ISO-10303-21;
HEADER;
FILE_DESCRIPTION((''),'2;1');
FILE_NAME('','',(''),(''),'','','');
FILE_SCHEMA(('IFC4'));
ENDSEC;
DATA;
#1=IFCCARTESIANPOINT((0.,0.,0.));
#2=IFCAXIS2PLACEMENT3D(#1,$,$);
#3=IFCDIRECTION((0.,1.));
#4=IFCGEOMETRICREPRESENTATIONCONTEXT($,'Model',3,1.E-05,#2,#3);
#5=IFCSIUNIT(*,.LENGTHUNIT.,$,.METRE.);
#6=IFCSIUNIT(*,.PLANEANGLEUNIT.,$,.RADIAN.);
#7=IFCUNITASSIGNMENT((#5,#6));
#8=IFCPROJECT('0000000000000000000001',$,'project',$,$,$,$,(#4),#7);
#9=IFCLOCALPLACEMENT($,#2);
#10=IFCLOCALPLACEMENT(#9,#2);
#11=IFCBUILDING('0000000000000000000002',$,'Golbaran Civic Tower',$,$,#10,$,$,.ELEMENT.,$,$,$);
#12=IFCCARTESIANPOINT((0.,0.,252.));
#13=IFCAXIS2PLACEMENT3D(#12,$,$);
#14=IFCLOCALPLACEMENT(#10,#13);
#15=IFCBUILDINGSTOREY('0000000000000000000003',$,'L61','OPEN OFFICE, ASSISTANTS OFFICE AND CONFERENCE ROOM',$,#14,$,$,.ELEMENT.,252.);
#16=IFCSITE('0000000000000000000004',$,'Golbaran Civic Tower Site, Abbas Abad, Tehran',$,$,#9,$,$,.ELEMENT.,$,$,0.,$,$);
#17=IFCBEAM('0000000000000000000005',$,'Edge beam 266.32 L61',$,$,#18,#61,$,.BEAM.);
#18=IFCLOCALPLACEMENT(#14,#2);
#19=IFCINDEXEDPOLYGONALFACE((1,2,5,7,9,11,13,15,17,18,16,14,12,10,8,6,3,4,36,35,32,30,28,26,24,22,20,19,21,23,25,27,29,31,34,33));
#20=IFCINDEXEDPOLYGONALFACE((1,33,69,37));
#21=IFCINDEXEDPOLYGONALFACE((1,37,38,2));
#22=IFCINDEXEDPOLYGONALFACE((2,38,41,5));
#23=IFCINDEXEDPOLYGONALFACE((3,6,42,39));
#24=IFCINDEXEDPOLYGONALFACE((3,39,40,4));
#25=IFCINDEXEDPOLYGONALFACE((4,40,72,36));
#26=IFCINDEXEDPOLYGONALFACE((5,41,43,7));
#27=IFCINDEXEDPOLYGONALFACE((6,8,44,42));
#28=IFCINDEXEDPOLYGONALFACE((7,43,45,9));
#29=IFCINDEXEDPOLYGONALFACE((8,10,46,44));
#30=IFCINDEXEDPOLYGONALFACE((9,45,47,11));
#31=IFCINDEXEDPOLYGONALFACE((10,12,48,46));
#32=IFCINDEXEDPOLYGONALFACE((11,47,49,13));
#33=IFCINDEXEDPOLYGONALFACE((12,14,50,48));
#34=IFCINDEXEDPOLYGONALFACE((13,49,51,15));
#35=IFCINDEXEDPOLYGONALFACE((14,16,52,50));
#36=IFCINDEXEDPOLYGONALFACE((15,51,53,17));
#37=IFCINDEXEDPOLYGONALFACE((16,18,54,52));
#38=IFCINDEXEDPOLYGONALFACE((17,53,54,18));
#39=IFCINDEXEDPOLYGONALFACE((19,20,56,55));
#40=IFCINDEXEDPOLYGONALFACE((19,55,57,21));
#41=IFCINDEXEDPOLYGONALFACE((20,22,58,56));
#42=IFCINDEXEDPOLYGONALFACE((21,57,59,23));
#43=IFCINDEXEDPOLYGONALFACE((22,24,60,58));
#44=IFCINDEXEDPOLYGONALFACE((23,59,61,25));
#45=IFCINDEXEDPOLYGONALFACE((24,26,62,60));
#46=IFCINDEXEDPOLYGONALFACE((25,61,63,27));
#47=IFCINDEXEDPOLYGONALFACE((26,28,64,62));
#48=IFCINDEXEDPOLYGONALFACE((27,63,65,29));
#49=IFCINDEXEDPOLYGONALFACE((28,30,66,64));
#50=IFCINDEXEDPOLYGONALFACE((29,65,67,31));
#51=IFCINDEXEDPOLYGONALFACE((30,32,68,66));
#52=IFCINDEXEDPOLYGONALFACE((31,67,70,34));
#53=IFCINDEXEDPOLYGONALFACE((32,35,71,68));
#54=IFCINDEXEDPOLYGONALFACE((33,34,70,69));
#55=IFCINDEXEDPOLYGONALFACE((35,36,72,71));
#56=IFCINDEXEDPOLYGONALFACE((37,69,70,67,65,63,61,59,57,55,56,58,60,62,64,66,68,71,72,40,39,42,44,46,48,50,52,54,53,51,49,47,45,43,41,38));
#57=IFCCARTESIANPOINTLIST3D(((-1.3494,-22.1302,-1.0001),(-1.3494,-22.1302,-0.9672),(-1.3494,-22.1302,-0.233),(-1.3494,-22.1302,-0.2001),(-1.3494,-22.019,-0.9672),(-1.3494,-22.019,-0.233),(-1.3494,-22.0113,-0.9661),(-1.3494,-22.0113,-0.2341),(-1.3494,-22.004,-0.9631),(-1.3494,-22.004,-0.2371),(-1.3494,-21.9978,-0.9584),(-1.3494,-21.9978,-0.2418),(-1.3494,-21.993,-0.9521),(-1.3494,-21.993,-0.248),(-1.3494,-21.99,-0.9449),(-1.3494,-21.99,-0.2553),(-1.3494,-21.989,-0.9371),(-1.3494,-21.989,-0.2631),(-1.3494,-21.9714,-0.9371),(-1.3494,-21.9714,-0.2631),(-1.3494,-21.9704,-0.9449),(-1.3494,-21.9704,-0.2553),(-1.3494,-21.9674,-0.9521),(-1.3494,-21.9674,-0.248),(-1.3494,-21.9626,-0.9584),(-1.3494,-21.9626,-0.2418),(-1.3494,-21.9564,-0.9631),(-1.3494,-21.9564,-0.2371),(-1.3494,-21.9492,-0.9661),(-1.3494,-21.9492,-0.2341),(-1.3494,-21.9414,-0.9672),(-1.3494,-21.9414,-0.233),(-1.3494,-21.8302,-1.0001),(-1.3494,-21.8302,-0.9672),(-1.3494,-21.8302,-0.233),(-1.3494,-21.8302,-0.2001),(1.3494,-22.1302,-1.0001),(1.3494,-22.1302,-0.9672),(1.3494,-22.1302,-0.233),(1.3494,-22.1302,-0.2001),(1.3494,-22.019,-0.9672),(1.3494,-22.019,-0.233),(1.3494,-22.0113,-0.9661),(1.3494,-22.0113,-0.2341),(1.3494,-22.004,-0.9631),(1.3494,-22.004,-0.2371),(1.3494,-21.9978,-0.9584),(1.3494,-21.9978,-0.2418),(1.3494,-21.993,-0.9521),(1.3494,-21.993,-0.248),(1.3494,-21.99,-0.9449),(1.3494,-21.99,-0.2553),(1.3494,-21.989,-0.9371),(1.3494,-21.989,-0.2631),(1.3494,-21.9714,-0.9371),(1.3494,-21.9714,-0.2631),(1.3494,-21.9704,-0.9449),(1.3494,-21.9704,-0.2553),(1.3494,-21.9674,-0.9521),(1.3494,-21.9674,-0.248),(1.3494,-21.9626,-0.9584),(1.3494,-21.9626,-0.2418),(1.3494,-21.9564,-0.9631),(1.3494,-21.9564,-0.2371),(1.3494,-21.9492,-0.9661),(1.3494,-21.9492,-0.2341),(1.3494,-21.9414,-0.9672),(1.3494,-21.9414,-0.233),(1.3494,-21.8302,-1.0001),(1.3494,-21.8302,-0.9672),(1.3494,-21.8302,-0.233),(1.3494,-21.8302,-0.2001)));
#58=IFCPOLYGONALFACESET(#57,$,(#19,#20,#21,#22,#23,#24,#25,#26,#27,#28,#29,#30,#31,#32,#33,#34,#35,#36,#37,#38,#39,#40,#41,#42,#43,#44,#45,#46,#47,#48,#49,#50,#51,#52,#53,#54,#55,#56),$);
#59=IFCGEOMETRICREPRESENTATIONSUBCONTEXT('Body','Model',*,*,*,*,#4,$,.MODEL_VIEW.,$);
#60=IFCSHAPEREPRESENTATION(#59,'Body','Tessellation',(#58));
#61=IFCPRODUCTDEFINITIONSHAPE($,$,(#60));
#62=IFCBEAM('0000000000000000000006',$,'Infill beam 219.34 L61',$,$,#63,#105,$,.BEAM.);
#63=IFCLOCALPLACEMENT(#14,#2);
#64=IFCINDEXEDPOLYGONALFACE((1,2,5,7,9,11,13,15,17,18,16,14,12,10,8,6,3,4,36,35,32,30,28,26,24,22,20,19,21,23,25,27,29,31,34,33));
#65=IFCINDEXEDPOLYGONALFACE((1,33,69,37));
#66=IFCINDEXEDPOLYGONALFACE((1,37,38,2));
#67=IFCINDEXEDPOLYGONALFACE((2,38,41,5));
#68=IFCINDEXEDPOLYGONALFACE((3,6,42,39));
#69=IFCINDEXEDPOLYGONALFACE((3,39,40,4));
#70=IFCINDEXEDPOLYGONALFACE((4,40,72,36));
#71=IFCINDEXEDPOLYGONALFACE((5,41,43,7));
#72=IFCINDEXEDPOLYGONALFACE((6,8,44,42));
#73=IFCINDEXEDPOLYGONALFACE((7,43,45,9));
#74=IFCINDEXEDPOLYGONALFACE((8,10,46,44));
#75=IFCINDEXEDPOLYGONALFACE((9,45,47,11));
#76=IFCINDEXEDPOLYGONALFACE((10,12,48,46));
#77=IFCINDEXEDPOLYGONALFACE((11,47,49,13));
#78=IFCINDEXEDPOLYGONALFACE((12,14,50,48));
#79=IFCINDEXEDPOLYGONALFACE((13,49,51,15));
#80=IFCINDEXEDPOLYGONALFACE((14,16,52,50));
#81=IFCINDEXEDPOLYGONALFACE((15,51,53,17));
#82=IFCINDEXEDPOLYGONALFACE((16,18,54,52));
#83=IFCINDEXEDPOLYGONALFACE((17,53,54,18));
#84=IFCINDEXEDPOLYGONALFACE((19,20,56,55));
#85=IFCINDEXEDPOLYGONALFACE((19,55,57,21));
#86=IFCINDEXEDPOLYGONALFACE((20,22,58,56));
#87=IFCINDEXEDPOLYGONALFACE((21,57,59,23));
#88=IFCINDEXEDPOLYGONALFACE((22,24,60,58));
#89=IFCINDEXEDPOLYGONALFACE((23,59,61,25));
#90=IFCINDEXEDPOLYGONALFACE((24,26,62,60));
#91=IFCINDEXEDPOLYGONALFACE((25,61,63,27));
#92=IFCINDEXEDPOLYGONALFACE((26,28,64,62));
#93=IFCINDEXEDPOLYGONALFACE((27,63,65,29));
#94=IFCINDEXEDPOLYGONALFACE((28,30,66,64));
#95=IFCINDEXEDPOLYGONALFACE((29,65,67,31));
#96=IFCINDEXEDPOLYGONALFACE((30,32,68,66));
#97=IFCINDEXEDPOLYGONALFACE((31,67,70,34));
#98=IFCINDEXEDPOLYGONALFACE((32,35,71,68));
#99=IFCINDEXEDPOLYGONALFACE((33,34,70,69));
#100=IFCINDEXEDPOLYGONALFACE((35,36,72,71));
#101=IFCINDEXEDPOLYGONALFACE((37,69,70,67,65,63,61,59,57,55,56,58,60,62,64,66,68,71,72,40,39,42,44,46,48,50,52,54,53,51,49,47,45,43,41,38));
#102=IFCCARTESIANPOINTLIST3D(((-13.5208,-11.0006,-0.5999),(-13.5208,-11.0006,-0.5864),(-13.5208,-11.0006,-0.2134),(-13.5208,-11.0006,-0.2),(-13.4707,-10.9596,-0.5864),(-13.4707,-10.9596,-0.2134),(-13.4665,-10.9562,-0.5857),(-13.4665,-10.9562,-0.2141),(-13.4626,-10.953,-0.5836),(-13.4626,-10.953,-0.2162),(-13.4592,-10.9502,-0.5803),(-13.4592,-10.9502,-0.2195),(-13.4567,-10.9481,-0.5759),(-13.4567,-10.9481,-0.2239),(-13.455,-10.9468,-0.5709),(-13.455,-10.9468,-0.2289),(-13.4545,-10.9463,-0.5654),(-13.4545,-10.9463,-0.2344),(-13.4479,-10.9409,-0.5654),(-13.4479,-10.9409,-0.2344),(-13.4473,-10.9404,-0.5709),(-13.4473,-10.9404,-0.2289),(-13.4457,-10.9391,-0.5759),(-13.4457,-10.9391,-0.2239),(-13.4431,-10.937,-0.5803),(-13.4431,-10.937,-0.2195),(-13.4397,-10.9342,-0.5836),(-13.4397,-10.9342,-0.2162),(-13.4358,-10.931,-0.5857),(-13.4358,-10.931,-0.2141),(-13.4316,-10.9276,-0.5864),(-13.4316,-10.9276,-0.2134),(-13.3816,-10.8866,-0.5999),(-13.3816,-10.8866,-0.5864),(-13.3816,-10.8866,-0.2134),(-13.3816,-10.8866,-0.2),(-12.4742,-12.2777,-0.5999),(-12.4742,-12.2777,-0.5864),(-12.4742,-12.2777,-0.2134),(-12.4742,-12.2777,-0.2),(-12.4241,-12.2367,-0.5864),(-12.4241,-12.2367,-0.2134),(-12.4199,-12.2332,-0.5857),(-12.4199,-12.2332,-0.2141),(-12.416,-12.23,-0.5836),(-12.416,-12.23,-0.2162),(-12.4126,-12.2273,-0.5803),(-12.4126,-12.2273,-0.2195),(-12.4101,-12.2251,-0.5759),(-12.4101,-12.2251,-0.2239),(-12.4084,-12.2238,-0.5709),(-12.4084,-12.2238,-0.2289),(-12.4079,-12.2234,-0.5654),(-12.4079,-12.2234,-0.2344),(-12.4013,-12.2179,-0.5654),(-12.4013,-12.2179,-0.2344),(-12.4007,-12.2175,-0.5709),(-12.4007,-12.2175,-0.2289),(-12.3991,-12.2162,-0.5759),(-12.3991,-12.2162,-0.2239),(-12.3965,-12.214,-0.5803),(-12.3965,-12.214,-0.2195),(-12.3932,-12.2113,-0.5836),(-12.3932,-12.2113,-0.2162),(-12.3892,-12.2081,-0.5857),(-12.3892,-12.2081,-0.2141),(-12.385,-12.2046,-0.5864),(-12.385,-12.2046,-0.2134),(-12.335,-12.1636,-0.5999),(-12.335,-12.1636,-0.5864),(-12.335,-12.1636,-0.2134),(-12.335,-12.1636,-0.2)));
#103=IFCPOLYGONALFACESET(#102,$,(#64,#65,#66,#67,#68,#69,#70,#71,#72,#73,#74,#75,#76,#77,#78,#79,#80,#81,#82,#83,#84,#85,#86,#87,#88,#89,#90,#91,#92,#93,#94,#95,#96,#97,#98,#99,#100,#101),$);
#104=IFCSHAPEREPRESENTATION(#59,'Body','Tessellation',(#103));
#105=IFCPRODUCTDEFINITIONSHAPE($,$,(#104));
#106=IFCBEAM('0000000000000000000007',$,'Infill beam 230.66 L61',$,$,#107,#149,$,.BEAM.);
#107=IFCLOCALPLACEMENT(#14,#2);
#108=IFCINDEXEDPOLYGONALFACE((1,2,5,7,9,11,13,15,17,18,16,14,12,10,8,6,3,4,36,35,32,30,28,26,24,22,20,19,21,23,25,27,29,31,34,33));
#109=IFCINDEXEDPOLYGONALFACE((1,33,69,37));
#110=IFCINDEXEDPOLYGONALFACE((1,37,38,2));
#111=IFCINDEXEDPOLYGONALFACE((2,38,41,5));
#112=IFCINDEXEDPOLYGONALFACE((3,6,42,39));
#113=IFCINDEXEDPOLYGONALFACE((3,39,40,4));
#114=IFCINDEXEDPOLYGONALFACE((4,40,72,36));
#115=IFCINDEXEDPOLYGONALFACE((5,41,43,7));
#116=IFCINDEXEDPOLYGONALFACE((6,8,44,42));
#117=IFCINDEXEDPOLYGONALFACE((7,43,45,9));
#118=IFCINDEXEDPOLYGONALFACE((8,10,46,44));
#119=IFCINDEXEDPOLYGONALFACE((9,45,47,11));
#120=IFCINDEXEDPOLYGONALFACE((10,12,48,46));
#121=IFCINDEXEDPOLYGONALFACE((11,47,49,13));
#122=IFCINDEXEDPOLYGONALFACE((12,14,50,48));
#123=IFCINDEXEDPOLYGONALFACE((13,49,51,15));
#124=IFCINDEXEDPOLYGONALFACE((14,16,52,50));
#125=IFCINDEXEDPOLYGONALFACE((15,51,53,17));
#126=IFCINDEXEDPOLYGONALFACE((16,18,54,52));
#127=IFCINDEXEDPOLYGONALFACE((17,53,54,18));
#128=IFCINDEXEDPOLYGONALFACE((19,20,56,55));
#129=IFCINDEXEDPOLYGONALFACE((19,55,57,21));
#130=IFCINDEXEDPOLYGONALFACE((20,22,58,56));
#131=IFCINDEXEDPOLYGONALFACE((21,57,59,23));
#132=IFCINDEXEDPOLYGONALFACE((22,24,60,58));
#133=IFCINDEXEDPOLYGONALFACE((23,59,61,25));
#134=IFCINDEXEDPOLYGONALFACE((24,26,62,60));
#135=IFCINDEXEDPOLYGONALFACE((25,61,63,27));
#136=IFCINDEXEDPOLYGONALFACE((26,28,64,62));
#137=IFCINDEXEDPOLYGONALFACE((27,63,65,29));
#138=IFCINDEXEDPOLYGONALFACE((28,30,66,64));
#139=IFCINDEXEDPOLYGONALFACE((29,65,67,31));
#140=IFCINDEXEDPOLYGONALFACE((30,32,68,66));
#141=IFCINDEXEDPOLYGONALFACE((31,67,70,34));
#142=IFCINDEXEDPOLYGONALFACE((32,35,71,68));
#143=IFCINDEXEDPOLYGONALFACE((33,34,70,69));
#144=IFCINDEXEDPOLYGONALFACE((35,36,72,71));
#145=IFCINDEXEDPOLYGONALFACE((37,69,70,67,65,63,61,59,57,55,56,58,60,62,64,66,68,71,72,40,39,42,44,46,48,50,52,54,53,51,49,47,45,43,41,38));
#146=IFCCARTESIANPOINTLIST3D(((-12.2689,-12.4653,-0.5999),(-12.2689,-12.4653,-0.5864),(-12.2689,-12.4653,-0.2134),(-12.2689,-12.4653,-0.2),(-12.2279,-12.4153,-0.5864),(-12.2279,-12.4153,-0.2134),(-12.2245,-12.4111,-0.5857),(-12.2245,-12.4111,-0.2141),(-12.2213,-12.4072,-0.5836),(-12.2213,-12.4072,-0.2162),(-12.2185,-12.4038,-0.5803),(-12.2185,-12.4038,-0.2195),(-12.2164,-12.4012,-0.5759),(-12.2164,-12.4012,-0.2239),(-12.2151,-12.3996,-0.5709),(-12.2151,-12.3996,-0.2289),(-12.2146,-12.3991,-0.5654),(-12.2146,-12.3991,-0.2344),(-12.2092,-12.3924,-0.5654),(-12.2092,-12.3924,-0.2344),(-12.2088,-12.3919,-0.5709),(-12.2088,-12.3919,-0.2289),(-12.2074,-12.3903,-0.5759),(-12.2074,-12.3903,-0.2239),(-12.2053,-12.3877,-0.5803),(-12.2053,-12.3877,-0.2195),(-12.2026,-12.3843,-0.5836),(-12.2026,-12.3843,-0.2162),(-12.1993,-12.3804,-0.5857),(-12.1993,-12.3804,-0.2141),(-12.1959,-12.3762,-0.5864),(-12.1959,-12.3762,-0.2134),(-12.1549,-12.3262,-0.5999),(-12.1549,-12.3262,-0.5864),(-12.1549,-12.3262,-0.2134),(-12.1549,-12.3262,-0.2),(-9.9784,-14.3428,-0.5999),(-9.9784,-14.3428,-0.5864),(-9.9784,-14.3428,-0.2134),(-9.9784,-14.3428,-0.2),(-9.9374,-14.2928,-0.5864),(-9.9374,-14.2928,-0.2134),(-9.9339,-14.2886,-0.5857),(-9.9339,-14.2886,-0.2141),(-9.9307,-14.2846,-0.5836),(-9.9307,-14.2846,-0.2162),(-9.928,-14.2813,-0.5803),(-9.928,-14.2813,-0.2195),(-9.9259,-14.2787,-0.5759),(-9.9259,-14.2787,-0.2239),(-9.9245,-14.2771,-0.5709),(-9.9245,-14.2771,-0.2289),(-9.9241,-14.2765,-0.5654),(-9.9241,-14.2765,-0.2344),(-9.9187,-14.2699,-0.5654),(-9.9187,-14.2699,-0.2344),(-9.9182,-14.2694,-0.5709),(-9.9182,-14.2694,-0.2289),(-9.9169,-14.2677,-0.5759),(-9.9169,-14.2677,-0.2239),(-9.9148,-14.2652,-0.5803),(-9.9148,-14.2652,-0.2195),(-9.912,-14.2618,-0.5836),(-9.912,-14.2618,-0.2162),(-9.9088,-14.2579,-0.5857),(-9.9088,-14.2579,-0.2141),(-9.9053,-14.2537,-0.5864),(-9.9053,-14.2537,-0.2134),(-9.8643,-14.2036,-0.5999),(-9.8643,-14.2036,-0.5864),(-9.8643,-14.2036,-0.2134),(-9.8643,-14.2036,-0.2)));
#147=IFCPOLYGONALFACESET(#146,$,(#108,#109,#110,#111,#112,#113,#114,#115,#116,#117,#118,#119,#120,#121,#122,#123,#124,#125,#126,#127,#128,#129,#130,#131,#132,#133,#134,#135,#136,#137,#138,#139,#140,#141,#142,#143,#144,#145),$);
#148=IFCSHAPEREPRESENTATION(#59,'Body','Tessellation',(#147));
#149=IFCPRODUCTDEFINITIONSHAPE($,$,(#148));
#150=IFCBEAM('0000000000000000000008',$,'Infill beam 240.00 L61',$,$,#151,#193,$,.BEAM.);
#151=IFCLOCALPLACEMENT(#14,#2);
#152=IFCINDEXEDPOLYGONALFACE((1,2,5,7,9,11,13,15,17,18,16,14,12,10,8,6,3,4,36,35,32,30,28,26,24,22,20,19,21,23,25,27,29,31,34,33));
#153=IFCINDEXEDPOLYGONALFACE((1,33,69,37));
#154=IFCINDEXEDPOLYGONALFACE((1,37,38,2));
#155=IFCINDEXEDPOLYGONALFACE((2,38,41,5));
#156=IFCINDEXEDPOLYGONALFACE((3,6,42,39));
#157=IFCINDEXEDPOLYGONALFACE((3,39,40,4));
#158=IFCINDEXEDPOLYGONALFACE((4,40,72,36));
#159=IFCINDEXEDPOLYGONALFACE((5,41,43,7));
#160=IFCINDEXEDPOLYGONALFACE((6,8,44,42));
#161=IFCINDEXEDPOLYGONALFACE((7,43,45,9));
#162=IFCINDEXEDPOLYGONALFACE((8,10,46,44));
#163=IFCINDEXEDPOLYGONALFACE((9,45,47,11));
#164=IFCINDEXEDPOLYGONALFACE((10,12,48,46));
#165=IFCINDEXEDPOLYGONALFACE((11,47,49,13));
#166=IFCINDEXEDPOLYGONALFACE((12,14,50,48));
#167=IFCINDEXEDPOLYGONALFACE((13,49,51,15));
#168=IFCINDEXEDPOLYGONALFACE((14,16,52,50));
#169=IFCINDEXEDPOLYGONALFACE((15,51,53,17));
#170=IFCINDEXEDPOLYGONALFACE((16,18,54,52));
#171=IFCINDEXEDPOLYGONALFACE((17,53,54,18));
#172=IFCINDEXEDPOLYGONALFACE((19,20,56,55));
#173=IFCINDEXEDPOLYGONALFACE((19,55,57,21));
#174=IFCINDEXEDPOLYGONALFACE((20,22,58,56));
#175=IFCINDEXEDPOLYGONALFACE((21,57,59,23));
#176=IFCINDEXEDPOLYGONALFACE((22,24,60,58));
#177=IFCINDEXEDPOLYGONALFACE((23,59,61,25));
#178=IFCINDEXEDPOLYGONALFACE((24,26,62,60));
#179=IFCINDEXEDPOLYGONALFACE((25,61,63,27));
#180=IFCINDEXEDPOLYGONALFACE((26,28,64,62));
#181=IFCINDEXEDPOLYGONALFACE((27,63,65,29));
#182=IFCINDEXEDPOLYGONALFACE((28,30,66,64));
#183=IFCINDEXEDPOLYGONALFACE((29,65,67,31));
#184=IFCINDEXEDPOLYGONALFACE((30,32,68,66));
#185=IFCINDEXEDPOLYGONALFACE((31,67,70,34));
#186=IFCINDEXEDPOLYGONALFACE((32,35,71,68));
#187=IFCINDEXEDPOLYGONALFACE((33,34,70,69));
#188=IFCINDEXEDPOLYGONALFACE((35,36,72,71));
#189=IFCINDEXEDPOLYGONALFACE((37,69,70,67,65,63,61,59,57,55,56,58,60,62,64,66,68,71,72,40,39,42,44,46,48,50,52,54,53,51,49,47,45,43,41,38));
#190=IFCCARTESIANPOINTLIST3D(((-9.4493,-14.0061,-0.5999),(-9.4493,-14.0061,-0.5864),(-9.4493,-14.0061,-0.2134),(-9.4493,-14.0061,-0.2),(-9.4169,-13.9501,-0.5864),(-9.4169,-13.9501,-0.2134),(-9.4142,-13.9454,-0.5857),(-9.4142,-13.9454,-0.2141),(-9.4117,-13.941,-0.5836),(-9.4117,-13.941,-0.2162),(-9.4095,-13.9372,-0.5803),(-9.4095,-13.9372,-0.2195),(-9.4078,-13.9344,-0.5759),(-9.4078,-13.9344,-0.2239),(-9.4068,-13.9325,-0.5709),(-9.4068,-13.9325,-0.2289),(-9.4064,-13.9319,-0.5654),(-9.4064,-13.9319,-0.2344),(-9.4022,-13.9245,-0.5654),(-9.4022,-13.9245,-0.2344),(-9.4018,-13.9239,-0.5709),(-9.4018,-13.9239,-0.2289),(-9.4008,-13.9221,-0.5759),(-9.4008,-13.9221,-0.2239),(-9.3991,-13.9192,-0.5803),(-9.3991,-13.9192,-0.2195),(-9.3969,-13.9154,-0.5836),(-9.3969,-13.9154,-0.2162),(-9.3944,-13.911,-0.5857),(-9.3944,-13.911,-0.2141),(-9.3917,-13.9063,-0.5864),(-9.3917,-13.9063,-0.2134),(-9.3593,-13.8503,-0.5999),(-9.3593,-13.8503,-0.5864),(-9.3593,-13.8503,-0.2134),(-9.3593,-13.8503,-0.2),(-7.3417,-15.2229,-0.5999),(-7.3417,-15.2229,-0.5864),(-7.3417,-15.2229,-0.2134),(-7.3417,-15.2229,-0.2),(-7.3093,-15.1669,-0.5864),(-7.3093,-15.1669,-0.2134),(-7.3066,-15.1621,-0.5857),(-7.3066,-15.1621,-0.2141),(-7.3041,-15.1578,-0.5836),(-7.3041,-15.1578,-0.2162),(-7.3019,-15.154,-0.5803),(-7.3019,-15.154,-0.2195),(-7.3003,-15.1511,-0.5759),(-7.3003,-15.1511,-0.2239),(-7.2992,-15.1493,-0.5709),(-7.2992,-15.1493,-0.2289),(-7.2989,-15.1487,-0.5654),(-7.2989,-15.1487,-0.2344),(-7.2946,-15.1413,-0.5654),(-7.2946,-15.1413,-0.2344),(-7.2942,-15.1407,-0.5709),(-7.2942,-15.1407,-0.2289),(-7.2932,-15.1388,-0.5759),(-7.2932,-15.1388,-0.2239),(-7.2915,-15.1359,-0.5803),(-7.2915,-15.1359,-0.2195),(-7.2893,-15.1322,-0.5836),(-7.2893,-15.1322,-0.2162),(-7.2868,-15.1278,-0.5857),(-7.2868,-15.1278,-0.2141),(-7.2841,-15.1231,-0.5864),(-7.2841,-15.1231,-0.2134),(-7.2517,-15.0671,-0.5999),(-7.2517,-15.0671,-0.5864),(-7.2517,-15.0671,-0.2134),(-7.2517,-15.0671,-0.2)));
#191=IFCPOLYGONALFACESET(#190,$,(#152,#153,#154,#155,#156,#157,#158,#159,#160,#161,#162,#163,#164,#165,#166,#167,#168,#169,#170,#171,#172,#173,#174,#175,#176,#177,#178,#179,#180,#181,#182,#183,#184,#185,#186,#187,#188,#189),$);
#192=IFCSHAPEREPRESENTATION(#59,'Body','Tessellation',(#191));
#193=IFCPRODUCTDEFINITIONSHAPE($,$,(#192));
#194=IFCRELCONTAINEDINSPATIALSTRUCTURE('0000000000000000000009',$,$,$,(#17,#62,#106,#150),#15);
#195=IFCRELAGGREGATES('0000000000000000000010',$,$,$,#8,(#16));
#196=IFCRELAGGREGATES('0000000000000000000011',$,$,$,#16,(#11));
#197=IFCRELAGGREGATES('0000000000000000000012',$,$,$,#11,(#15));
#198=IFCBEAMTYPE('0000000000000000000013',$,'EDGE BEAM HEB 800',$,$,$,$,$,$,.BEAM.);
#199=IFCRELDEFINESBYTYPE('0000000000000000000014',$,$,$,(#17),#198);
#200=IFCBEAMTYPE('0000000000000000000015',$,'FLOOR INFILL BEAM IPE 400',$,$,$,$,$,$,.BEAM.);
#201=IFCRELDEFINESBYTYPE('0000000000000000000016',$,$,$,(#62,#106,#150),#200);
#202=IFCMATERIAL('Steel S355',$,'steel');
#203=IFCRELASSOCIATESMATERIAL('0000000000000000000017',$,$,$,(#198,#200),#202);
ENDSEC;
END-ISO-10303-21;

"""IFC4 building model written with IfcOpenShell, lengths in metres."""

from ifc_helpers import new_model, si_unit, direction, frame, origin, origin_2d, place, context, subcontext, project, spatial, i_section, extrude, material, material_profile, profile_set, type_object, element, save


model = new_model("IFC4")

# Units and contexts
model_context = context("Model", 3, precision=1e-05, world=origin(), true_north=direction((0.0, 1.0)))
body_context = subcontext(model_context, "Body", "Model", "MODEL_VIEW")
ifc_project = project(units=[si_unit("LENGTHUNIT", "METRE"), si_unit("PLANEANGLEUNIT", "RADIAN")], contexts=[model_context])

# Site, building, storey
site_placement = place(None, origin())
site = spatial("IfcSite", under=ifc_project, at=site_placement, Name="Golbaran Civic Tower Site, Abbas Abad, Tehran", CompositionType="ELEMENT", RefElevation=0.0)
building_placement = place(site_placement, origin())
building = spatial("IfcBuilding", under=site, at=building_placement, Name="Golbaran Civic Tower", CompositionType="ELEMENT")
storey_placement = place(building_placement, frame((0.0, 0.0, 252.0)))
storey = spatial("IfcBuildingStorey", under=building, at=storey_placement, Name="L61", Description="OPEN OFFICE, ASSISTANTS OFFICE AND CONFERENCE ROOM", CompositionType="ELEMENT", Elevation=252.0)

# Beams
ifc_material_1 = material(Name="Steel S355", Category="steel")
ifc_material_profile_1 = material_profile(ifc_material_1, i_section(OverallWidth=0.3, OverallDepth=0.8, WebThickness=0.0176, FlangeThickness=0.033, FilletRadius=0.03, at=origin_2d()), Name="HEB 800")
ifc_profile_set_1 = profile_set([ifc_material_profile_1], Name="Steel S355")
beam_type_1 = type_object("IfcBeamType", Name="EDGE BEAM HEB 800", PredefinedType="BEAM", material=ifc_profile_set_1)
beam_1_placement = place(storey_placement, frame((-1.3494, -21.9802, -0.6001), z_axis=(1.0, 0.0, 0.0), x_axis=(0.0, 1.0, 0.0)))
element("IfcBeam", 1, at=beam_1_placement, inside=storey, type_object=beam_type_1, Name="Edge beam 266.32 L61", PredefinedType="BEAM", context=body_context, shape_type="SweptSolid", body=[
    extrude(i_section(OverallWidth=0.3, OverallDepth=0.8, WebThickness=0.0176, FlangeThickness=0.033, FilletRadius=0.03, at=origin_2d()), origin(), (0.0, 0.0, 1.0), 2.6987),
])
ifc_material_profile_2 = material_profile(ifc_material_1, i_section(OverallWidth=0.1799, OverallDepth=0.3999, WebThickness=0.0085, FlangeThickness=0.0134, FilletRadius=0.021, at=origin_2d()), Name="IPE 400")
ifc_profile_set_2 = profile_set([ifc_material_profile_2], Name="Steel S355")
beam_type_2 = type_object("IfcBeamType", Name="FLOOR INFILL BEAM IPE 400", PredefinedType="BEAM", material=ifc_profile_set_2)
beam_2_placement = place(storey_placement, frame((-13.4512, -10.9436, -0.3999), z_axis=(0.633866, -0.773443, 0.0), x_axis=(0.773443, 0.633866, 0.0)))
element("IfcBeam", 2, at=beam_2_placement, inside=storey, type_object=beam_type_2, Name="Infill beam 219.34 L61", PredefinedType="BEAM", context=body_context, shape_type="SweptSolid", body=[
    extrude(i_section(OverallWidth=0.1799, OverallDepth=0.3999, WebThickness=0.0085, FlangeThickness=0.0134, FilletRadius=0.021, at=origin_2d()), origin(), (0.0, 0.0, 1.0), 1.6511),
])
beam_3_placement = place(storey_placement, frame((-12.2119, -12.3958, -0.3999), z_axis=(0.773399, -0.63392, 0.0), x_axis=(0.63392, 0.773399, 0.0)))
element("IfcBeam", 3, at=beam_3_placement, inside=storey, type_object=beam_type_2, Name="Infill beam 230.66 L61", PredefinedType="BEAM", context=body_context, shape_type="SweptSolid", body=[
    extrude(i_section(OverallWidth=0.1799, OverallDepth=0.3999, WebThickness=0.0085, FlangeThickness=0.0134, FilletRadius=0.021, at=origin_2d()), origin(), (0.0, 0.0, 1.0), 2.9617),
])
beam_4_placement = place(storey_placement, frame((-9.4043, -13.9282, -0.3999), z_axis=(0.866037, -0.49998, 0.0), x_axis=(0.49998, 0.866037, 0.0)))
element("IfcBeam", 4, at=beam_4_placement, inside=storey, type_object=beam_type_2, Name="Infill beam 240.00 L61", PredefinedType="BEAM", context=body_context, shape_type="SweptSolid", body=[
    extrude(i_section(OverallWidth=0.1799, OverallDepth=0.3999, WebThickness=0.0085, FlangeThickness=0.0134, FilletRadius=0.021, at=origin_2d()), origin(), (0.0, 0.0, 1.0), 2.4336),
])

save(model, "model.ifc")
